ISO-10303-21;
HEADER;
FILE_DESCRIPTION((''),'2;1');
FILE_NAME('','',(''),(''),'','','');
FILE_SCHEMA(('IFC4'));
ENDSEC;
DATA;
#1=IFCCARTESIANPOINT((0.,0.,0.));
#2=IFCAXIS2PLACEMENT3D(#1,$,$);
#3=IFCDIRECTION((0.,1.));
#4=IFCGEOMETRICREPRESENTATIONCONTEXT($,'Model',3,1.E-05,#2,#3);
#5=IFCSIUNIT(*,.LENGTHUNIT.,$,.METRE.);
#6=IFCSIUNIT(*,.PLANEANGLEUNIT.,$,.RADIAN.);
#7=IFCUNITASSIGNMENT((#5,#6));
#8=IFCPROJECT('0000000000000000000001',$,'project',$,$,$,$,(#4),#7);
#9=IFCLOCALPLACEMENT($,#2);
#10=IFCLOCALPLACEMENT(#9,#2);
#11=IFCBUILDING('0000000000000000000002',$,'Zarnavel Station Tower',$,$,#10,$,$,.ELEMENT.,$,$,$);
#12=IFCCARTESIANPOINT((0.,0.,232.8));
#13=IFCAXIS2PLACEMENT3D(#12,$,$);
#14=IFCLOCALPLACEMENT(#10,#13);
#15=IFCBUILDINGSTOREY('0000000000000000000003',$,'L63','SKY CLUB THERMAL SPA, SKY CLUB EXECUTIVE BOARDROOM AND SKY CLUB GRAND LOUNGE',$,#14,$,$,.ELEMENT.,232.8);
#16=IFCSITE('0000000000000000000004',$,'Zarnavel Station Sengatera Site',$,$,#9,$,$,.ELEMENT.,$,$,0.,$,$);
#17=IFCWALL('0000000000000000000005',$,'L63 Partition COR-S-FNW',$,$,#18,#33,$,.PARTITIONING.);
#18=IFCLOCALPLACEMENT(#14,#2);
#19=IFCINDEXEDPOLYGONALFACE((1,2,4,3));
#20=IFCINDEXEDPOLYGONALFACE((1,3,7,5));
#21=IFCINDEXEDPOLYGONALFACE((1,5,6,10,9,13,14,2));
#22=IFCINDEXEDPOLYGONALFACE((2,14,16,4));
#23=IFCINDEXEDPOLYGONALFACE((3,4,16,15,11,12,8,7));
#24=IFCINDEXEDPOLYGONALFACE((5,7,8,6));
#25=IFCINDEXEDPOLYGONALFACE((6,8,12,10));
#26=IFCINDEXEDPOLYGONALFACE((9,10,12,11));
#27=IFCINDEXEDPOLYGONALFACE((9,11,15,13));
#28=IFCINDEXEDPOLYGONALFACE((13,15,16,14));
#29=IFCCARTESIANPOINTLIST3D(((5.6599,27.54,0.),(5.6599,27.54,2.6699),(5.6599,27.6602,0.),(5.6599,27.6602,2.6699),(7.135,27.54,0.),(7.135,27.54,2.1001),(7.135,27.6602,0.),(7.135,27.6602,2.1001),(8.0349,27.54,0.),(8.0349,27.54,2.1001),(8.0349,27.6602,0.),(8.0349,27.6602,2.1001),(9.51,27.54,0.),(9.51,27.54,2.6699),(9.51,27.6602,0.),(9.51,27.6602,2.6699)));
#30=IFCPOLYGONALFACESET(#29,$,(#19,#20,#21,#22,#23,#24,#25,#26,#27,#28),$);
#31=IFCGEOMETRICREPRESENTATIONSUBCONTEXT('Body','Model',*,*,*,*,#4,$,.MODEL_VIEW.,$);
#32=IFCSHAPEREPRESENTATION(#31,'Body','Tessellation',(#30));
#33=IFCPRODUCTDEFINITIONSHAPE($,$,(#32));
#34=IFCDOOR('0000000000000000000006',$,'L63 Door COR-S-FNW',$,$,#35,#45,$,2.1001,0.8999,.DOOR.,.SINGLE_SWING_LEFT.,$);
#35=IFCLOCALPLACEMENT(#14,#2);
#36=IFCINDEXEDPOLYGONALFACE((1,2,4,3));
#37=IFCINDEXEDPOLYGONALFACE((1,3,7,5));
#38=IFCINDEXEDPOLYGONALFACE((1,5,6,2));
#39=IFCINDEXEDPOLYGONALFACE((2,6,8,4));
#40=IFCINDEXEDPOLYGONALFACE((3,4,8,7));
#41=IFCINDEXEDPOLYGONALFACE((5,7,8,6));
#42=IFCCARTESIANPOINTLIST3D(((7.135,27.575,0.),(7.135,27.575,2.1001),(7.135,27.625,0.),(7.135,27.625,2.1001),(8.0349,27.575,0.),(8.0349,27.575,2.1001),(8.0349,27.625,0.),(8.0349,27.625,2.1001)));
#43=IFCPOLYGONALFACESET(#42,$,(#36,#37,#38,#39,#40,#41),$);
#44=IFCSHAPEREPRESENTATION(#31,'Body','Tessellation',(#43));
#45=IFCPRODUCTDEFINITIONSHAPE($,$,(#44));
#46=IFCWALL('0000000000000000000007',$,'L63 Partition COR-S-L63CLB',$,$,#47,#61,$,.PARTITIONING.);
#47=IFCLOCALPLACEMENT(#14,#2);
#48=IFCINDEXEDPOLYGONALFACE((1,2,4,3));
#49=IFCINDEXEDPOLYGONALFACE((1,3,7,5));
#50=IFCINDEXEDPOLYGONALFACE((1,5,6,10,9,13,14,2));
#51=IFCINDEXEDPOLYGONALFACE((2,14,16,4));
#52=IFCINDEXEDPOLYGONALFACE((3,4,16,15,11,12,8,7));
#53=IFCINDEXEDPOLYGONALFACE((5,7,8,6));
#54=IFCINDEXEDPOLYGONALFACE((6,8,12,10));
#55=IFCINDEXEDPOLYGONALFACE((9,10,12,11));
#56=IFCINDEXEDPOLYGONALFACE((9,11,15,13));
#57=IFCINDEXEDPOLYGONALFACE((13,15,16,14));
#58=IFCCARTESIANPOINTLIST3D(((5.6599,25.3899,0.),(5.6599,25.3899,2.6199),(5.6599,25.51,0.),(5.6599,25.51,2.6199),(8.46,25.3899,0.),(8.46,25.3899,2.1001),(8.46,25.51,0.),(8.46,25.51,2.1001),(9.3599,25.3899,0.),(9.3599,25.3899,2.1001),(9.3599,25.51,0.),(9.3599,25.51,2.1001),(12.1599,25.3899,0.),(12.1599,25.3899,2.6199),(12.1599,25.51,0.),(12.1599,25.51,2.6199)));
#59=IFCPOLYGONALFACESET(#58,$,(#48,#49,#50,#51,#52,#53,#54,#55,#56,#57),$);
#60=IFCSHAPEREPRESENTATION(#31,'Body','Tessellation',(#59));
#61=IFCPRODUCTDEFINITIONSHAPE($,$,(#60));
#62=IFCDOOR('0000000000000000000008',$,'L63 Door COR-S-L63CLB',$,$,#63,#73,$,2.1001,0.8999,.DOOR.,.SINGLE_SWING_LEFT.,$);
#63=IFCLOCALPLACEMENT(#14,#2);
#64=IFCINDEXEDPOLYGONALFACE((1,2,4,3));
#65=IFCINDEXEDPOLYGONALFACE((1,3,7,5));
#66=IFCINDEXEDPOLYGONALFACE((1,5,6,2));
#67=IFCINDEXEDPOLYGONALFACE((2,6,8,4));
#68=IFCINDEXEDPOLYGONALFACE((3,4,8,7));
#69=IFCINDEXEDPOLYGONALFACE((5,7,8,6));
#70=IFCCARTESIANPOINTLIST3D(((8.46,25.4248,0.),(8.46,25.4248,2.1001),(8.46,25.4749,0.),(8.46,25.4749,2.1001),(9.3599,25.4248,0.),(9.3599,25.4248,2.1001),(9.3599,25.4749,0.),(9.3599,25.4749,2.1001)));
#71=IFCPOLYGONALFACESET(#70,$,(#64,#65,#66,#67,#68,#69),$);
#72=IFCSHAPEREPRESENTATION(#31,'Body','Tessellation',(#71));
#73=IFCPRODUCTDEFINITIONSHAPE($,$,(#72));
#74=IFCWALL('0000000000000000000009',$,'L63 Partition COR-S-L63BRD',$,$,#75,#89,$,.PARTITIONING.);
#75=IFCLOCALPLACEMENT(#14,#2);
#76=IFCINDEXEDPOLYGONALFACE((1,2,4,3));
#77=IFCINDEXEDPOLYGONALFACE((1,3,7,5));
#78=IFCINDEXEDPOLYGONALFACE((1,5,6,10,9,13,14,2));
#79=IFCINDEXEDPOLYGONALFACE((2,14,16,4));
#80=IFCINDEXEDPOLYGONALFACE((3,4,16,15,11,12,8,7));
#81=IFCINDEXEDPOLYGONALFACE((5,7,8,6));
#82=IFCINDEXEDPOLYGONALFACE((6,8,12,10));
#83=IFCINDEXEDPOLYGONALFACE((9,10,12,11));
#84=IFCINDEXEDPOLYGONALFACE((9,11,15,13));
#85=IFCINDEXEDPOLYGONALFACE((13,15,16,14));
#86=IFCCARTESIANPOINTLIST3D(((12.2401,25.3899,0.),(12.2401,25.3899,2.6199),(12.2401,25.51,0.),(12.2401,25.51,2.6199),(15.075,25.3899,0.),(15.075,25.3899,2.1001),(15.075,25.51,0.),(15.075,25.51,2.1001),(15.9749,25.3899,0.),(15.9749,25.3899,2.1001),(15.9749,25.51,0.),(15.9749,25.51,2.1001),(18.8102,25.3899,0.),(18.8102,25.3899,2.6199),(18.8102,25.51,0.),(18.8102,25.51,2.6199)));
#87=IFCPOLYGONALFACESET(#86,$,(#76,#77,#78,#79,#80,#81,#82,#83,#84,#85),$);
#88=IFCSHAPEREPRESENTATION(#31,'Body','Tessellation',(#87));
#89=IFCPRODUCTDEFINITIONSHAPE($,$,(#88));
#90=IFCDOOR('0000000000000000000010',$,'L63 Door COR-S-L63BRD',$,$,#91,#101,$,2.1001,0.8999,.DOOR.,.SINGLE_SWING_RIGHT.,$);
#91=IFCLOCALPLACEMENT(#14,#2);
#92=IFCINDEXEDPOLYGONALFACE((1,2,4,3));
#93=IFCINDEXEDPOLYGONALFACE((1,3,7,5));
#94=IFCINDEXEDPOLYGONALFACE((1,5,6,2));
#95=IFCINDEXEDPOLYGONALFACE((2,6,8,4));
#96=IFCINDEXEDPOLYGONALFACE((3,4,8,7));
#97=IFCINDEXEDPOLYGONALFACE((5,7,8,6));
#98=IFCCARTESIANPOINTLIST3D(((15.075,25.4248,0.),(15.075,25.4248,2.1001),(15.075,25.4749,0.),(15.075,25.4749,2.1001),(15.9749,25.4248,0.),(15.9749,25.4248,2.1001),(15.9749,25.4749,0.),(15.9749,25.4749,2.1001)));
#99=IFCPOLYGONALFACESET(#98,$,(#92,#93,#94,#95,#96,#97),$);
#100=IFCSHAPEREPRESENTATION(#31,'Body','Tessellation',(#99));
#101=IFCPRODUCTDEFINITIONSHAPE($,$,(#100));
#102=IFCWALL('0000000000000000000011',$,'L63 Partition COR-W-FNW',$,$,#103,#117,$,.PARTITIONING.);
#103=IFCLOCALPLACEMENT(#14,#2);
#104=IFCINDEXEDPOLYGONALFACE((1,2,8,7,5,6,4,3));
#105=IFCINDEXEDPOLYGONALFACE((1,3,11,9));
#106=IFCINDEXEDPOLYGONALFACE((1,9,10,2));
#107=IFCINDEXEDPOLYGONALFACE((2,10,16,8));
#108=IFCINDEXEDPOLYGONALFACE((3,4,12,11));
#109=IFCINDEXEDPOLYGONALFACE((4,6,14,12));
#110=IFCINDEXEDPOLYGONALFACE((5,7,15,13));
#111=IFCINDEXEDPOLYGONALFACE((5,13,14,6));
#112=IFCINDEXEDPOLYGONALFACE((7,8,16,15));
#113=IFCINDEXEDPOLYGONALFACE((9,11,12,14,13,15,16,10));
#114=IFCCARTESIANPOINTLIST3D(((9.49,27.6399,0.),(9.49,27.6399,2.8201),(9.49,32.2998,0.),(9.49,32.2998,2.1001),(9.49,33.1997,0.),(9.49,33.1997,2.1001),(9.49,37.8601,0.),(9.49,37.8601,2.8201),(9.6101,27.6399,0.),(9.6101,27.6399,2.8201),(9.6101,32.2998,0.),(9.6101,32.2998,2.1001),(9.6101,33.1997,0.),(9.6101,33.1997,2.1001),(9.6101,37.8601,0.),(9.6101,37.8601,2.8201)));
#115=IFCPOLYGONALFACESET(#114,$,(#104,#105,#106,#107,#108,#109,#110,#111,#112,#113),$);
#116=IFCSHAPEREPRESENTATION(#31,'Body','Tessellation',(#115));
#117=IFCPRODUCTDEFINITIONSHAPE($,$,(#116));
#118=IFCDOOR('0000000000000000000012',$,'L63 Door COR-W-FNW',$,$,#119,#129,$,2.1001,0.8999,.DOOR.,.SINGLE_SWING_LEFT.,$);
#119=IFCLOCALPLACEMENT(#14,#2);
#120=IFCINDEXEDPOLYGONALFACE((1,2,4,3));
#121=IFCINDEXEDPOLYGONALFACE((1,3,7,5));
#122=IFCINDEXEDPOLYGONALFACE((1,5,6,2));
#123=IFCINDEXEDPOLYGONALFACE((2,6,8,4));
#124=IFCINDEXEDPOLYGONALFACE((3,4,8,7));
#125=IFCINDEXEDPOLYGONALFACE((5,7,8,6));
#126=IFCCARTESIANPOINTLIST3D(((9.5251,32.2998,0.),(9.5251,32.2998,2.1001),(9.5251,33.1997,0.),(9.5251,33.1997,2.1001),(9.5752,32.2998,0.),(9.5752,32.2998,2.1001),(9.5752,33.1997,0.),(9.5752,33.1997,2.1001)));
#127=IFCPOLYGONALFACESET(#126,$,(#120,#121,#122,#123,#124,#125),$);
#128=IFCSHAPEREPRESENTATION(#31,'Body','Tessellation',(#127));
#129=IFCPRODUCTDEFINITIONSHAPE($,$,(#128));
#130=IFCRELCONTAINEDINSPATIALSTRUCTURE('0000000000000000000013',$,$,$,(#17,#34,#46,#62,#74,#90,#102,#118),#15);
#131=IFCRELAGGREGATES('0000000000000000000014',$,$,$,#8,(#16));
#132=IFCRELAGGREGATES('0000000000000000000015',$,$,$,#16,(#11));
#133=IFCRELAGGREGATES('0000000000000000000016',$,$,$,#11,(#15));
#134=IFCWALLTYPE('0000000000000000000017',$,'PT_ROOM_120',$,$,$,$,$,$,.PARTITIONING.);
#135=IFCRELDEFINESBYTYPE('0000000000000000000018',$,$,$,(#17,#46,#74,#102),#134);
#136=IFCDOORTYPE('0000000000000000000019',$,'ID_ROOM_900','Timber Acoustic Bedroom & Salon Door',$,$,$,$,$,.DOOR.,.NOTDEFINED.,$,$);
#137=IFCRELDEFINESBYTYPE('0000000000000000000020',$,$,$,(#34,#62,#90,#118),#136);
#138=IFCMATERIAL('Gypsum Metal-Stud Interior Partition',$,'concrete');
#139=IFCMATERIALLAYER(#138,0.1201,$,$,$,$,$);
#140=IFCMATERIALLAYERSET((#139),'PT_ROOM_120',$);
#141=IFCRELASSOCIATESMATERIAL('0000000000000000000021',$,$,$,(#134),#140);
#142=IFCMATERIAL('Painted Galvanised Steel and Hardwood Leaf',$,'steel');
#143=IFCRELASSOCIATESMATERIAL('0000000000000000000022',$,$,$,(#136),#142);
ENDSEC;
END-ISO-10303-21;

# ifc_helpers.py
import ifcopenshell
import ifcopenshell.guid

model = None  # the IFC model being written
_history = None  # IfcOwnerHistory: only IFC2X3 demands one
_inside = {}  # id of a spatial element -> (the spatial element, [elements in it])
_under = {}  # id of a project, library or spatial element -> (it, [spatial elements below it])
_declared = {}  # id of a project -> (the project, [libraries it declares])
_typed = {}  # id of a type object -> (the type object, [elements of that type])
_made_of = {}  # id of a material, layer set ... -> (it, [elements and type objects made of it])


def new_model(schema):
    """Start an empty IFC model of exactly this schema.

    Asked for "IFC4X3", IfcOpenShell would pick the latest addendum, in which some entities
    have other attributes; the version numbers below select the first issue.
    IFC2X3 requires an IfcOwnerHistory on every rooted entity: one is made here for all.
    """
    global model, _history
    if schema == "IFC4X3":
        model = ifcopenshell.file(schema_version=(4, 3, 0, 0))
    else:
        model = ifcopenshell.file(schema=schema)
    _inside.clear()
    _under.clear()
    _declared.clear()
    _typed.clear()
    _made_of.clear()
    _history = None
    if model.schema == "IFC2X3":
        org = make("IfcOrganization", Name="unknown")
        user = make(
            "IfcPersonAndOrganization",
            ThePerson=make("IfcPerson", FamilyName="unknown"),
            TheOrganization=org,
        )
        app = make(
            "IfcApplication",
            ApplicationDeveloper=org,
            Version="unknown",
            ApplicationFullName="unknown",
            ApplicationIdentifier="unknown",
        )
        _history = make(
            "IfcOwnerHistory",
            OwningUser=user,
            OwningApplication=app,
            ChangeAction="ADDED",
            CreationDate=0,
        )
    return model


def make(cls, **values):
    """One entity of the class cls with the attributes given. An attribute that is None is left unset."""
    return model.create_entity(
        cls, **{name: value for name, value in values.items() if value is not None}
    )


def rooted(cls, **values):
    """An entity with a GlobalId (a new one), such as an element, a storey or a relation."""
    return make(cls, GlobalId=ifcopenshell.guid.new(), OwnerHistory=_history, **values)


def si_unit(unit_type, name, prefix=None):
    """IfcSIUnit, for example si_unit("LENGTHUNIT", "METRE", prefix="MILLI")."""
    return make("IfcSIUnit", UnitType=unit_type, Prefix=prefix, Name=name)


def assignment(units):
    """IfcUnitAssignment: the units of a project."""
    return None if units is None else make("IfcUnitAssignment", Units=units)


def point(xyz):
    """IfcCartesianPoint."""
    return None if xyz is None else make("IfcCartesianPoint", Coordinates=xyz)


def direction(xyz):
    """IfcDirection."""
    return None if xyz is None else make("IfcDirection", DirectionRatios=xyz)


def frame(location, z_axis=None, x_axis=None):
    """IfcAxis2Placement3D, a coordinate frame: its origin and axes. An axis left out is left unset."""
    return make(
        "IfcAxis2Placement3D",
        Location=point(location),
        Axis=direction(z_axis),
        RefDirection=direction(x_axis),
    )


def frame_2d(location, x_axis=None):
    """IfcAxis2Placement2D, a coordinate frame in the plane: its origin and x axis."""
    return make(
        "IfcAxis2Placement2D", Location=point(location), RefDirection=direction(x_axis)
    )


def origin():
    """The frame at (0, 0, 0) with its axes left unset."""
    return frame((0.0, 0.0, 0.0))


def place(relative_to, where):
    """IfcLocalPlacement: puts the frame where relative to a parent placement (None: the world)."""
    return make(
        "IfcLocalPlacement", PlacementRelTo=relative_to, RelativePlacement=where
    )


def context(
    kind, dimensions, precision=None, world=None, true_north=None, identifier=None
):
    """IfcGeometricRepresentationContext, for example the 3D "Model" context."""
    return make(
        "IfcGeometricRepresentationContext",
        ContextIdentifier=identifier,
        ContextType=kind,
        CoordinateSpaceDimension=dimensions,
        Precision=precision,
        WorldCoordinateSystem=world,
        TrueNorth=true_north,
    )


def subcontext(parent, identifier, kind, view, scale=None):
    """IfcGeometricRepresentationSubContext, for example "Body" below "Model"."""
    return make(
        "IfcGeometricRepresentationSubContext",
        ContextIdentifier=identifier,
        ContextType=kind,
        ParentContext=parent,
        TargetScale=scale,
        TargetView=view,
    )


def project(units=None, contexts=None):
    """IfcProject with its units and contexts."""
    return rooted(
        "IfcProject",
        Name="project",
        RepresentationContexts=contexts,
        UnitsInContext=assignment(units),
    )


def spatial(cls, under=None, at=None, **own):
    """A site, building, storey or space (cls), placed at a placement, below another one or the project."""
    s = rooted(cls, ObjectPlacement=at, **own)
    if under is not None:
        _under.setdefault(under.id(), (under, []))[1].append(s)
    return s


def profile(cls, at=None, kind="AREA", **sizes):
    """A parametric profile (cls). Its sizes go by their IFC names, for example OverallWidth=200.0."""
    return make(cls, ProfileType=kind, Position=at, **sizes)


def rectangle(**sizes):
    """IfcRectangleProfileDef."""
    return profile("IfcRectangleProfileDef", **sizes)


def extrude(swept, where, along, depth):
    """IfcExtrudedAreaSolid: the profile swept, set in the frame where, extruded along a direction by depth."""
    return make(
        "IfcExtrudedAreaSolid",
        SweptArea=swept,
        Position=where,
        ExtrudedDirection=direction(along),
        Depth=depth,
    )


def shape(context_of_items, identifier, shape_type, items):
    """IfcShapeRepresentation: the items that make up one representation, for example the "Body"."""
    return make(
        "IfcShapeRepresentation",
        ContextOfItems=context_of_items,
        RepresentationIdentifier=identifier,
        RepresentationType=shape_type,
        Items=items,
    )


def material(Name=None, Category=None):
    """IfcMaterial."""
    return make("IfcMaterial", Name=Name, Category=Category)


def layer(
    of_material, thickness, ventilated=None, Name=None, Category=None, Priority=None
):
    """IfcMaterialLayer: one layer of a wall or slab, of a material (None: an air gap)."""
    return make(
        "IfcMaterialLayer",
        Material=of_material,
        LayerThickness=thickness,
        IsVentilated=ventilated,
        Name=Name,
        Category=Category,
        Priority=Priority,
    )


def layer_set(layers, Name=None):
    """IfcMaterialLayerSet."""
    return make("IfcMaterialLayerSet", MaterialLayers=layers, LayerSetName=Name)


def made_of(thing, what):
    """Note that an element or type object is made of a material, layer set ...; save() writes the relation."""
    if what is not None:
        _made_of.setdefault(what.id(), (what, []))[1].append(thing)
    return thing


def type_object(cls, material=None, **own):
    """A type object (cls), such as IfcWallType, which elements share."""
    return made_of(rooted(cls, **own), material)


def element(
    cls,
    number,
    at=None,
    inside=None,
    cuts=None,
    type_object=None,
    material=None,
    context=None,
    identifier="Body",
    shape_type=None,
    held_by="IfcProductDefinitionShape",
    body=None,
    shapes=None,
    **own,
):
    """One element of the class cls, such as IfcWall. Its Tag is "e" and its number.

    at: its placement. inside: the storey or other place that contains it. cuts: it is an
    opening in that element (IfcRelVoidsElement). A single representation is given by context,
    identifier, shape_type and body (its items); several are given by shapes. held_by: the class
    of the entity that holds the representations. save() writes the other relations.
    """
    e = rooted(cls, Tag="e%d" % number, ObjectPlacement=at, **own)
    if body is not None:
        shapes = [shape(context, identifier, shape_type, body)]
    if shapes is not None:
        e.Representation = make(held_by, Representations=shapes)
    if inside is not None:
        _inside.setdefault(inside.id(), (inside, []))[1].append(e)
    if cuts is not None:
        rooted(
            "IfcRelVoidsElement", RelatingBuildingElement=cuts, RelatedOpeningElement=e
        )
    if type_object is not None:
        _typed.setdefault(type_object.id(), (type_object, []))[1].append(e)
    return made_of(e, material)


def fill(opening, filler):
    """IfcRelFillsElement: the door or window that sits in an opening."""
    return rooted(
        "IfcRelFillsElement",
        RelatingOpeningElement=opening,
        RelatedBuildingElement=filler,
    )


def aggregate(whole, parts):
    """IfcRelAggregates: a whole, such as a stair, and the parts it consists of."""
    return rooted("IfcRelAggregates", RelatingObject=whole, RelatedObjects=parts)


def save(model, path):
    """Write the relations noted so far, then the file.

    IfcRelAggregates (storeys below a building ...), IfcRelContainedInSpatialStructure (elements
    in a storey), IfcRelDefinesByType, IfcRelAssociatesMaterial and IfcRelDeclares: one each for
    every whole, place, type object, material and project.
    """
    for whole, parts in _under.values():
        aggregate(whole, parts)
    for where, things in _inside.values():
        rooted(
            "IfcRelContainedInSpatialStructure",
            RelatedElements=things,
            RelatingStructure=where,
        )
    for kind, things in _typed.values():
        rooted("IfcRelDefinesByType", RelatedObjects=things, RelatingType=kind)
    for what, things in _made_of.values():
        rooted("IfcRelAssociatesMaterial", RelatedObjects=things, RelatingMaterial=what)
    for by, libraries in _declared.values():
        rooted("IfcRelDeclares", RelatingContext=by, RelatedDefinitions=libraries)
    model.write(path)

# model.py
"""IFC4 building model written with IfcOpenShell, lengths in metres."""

from ifc_helpers import new_model, si_unit, direction, frame, frame_2d, origin, place, context, subcontext, project, spatial, rectangle, extrude, material, layer, layer_set, type_object, element, fill, save


model = new_model("IFC4")

# Units and contexts
model_context = context("Model", 3, precision=1e-05, world=origin(), true_north=direction((0.0, 1.0)))
body_context = subcontext(model_context, "Body", "Model", "MODEL_VIEW")
ifc_project = project(units=[si_unit("LENGTHUNIT", "METRE"), si_unit("PLANEANGLEUNIT", "RADIAN")], contexts=[model_context])

# Site, building, storey
site_placement = place(None, origin())
site = spatial("IfcSite", under=ifc_project, at=site_placement, Name="Zarnavel Station Sengatera Site", CompositionType="ELEMENT", RefElevation=0.0)
building_placement = place(site_placement, origin())
building = spatial("IfcBuilding", under=site, at=building_placement, Name="Zarnavel Station Tower", CompositionType="ELEMENT")
storey_placement = place(building_placement, frame((0.0, 0.0, 232.8)))
storey = spatial("IfcBuildingStorey", under=building, at=storey_placement, Name="L63", Description="SKY CLUB THERMAL SPA, SKY CLUB EXECUTIVE BOARDROOM AND SKY CLUB GRAND LOUNGE", CompositionType="ELEMENT", Elevation=232.8)

# Walls, openings, doors
ifc_material_1 = material(Name="Gypsum Metal-Stud Interior Partition", Category="concrete")
ifc_layer_1 = layer(ifc_material_1, 0.1201)
ifc_layer_set_1 = layer_set([ifc_layer_1], Name="PT_ROOM_120")
wall_type_1 = type_object("IfcWallType", Name="PT_ROOM_120", PredefinedType="PARTITIONING", material=ifc_layer_set_1)
wall_1_placement = place(storey_placement, frame((5.6599, 27.6001, 0.0), z_axis=(0.0, 0.0, 1.0), x_axis=(1.0, 0.0, 0.0)))
wall_1 = element("IfcWall", 1, at=wall_1_placement, inside=storey, type_object=wall_type_1, Name="L63 Partition COR-S-FNW", PredefinedType="PARTITIONING", context=body_context, shape_type="SweptSolid", body=[
    extrude(rectangle(XDim=3.8501, YDim=0.1201, at=frame_2d((1.925, 0.0))), origin(), (0.0, 0.0, 1.0), 2.6699),
])
opening_1_placement = place(wall_1_placement, frame((1.4751, 0.0, 0.0)))
opening_1 = element("IfcOpeningElement", 2, at=opening_1_placement, cuts=wall_1, PredefinedType="OPENING", context=body_context, shape_type="SweptSolid", body=[
    extrude(rectangle(XDim=0.8999, YDim=2.1001, at=frame_2d((0.45, 1.05))), frame((0.0, 0.0701, 0.0), z_axis=(0.0, -1.0, 0.0), x_axis=(1.0, 0.0, 0.0)), (0.0, 0.0, 1.0), 0.1401),
])
ifc_material_2 = material(Name="Painted Galvanised Steel and Hardwood Leaf", Category="steel")
door_type = type_object("IfcDoorType", Name="ID_ROOM_900", Description="Timber Acoustic Bedroom & Salon Door", OperationType="NOTDEFINED", PredefinedType="DOOR", material=ifc_material_2)
door_1_placement = place(opening_1_placement, origin())
door_1 = element("IfcDoor", 3, at=door_1_placement, inside=storey, type_object=door_type, Name="L63 Door COR-S-FNW", OperationType="SINGLE_SWING_LEFT", OverallHeight=2.1001, OverallWidth=0.8999, PredefinedType="DOOR", context=body_context, shape_type="SweptSolid", body=[
    extrude(rectangle(XDim=0.8999, YDim=2.1001, at=frame_2d((0.45, 1.05))), frame((0.0, 0.0249, 0.0), z_axis=(0.0, -1.0, 0.0), x_axis=(1.0, 0.0, 0.0)), (0.0, 0.0, 1.0), 0.05),
])
fill(opening_1, door_1)
wall_2_placement = place(storey_placement, frame((5.6599, 25.45, 0.0), z_axis=(0.0, 0.0, 1.0), x_axis=(1.0, 0.0, 0.0)))
wall_2 = element("IfcWall", 4, at=wall_2_placement, inside=storey, type_object=wall_type_1, Name="L63 Partition COR-S-L63CLB", PredefinedType="PARTITIONING", context=body_context, shape_type="SweptSolid", body=[
    extrude(rectangle(XDim=6.5, YDim=0.1201, at=frame_2d((3.25, 0.0))), origin(), (0.0, 0.0, 1.0), 2.6199),
])
opening_2_placement = place(wall_2_placement, frame((2.8, 0.0, 0.0)))
opening_2 = element("IfcOpeningElement", 5, at=opening_2_placement, cuts=wall_2, PredefinedType="OPENING", context=body_context, shape_type="SweptSolid", body=[
    extrude(rectangle(XDim=0.8999, YDim=2.1001, at=frame_2d((0.45, 1.05))), frame((0.0, 0.0701, 0.0), z_axis=(0.0, -1.0, 0.0), x_axis=(1.0, 0.0, 0.0)), (0.0, 0.0, 1.0), 0.1401),
])
door_2_placement = place(opening_2_placement, origin())
door_2 = element("IfcDoor", 6, at=door_2_placement, inside=storey, type_object=door_type, Name="L63 Door COR-S-L63CLB", OperationType="SINGLE_SWING_LEFT", OverallHeight=2.1001, OverallWidth=0.8999, PredefinedType="DOOR", context=body_context, shape_type="SweptSolid", body=[
    extrude(rectangle(XDim=0.8999, YDim=2.1001, at=frame_2d((0.45, 1.05))), frame((0.0, 0.0249, 0.0), z_axis=(0.0, -1.0, 0.0), x_axis=(1.0, 0.0, 0.0)), (0.0, 0.0, 1.0), 0.05),
])
fill(opening_2, door_2)
wall_3_placement = place(storey_placement, frame((12.24, 25.45, 0.0), z_axis=(0.0, 0.0, 1.0), x_axis=(1.0, 0.0, 0.0)))
wall_3 = element("IfcWall", 7, at=wall_3_placement, inside=storey, type_object=wall_type_1, Name="L63 Partition COR-S-L63BRD", PredefinedType="PARTITIONING", context=body_context, shape_type="SweptSolid", body=[
    extrude(rectangle(XDim=6.5701, YDim=0.1201, at=frame_2d((3.2852, 0.0))), origin(), (0.0, 0.0, 1.0), 2.6199),
])
opening_3_placement = place(wall_3_placement, frame((2.835, 0.0, 0.0)))
opening_3 = element("IfcOpeningElement", 8, at=opening_3_placement, cuts=wall_3, PredefinedType="OPENING", context=body_context, shape_type="SweptSolid", body=[
    extrude(rectangle(XDim=0.8999, YDim=2.1001, at=frame_2d((0.45, 1.05))), frame((0.0, 0.0701, 0.0), z_axis=(0.0, -1.0, 0.0), x_axis=(1.0, 0.0, 0.0)), (0.0, 0.0, 1.0), 0.1401),
])
door_3_placement = place(opening_3_placement, origin())
door_3 = element("IfcDoor", 9, at=door_3_placement, inside=storey, type_object=door_type, Name="L63 Door COR-S-L63BRD", OperationType="SINGLE_SWING_RIGHT", OverallHeight=2.1001, OverallWidth=0.8999, PredefinedType="DOOR", context=body_context, shape_type="SweptSolid", body=[
    extrude(rectangle(XDim=0.8999, YDim=2.1001, at=frame_2d((0.45, 1.05))), frame((0.0, 0.0249, 0.0), z_axis=(0.0, -1.0, 0.0), x_axis=(1.0, 0.0, 0.0)), (0.0, 0.0, 1.0), 0.05),
])
fill(opening_3, door_3)
wall_4_placement = place(storey_placement, frame((9.55, 27.6399, 0.0), z_axis=(0.0, 0.0, 1.0), x_axis=(0.0, 1.0, 0.0)))
wall_4 = element("IfcWall", 10, at=wall_4_placement, inside=storey, type_object=wall_type_1, Name="L63 Partition COR-W-FNW", PredefinedType="PARTITIONING", context=body_context, shape_type="SweptSolid", body=[
    extrude(rectangle(XDim=10.2202, YDim=0.1201, at=frame_2d((5.1101, 0.0))), origin(), (0.0, 0.0, 1.0), 2.8201),
])
opening_4_placement = place(wall_4_placement, frame((4.6599, 0.0, 0.0)))
opening_4 = element("IfcOpeningElement", 11, at=opening_4_placement, cuts=wall_4, PredefinedType="OPENING", context=body_context, shape_type="SweptSolid", body=[
    extrude(rectangle(XDim=0.8999, YDim=2.1001, at=frame_2d((0.45, 1.05))), frame((0.0, 0.0701, 0.0), z_axis=(0.0, -1.0, 0.0), x_axis=(1.0, 0.0, 0.0)), (0.0, 0.0, 1.0), 0.1401),
])
door_4_placement = place(opening_4_placement, origin())
door_4 = element("IfcDoor", 12, at=door_4_placement, inside=storey, type_object=door_type, Name="L63 Door COR-W-FNW", OperationType="SINGLE_SWING_LEFT", OverallHeight=2.1001, OverallWidth=0.8999, PredefinedType="DOOR", context=body_context, shape_type="SweptSolid", body=[
    extrude(rectangle(XDim=0.8999, YDim=2.1001, at=frame_2d((0.45, 1.05))), frame((0.0, 0.0249, 0.0), z_axis=(0.0, -1.0, 0.0), x_axis=(1.0, 0.0, 0.0)), (0.0, 0.0, 1.0), 0.05),
])
fill(opening_4, door_4)

save(model, "model.ifc")
